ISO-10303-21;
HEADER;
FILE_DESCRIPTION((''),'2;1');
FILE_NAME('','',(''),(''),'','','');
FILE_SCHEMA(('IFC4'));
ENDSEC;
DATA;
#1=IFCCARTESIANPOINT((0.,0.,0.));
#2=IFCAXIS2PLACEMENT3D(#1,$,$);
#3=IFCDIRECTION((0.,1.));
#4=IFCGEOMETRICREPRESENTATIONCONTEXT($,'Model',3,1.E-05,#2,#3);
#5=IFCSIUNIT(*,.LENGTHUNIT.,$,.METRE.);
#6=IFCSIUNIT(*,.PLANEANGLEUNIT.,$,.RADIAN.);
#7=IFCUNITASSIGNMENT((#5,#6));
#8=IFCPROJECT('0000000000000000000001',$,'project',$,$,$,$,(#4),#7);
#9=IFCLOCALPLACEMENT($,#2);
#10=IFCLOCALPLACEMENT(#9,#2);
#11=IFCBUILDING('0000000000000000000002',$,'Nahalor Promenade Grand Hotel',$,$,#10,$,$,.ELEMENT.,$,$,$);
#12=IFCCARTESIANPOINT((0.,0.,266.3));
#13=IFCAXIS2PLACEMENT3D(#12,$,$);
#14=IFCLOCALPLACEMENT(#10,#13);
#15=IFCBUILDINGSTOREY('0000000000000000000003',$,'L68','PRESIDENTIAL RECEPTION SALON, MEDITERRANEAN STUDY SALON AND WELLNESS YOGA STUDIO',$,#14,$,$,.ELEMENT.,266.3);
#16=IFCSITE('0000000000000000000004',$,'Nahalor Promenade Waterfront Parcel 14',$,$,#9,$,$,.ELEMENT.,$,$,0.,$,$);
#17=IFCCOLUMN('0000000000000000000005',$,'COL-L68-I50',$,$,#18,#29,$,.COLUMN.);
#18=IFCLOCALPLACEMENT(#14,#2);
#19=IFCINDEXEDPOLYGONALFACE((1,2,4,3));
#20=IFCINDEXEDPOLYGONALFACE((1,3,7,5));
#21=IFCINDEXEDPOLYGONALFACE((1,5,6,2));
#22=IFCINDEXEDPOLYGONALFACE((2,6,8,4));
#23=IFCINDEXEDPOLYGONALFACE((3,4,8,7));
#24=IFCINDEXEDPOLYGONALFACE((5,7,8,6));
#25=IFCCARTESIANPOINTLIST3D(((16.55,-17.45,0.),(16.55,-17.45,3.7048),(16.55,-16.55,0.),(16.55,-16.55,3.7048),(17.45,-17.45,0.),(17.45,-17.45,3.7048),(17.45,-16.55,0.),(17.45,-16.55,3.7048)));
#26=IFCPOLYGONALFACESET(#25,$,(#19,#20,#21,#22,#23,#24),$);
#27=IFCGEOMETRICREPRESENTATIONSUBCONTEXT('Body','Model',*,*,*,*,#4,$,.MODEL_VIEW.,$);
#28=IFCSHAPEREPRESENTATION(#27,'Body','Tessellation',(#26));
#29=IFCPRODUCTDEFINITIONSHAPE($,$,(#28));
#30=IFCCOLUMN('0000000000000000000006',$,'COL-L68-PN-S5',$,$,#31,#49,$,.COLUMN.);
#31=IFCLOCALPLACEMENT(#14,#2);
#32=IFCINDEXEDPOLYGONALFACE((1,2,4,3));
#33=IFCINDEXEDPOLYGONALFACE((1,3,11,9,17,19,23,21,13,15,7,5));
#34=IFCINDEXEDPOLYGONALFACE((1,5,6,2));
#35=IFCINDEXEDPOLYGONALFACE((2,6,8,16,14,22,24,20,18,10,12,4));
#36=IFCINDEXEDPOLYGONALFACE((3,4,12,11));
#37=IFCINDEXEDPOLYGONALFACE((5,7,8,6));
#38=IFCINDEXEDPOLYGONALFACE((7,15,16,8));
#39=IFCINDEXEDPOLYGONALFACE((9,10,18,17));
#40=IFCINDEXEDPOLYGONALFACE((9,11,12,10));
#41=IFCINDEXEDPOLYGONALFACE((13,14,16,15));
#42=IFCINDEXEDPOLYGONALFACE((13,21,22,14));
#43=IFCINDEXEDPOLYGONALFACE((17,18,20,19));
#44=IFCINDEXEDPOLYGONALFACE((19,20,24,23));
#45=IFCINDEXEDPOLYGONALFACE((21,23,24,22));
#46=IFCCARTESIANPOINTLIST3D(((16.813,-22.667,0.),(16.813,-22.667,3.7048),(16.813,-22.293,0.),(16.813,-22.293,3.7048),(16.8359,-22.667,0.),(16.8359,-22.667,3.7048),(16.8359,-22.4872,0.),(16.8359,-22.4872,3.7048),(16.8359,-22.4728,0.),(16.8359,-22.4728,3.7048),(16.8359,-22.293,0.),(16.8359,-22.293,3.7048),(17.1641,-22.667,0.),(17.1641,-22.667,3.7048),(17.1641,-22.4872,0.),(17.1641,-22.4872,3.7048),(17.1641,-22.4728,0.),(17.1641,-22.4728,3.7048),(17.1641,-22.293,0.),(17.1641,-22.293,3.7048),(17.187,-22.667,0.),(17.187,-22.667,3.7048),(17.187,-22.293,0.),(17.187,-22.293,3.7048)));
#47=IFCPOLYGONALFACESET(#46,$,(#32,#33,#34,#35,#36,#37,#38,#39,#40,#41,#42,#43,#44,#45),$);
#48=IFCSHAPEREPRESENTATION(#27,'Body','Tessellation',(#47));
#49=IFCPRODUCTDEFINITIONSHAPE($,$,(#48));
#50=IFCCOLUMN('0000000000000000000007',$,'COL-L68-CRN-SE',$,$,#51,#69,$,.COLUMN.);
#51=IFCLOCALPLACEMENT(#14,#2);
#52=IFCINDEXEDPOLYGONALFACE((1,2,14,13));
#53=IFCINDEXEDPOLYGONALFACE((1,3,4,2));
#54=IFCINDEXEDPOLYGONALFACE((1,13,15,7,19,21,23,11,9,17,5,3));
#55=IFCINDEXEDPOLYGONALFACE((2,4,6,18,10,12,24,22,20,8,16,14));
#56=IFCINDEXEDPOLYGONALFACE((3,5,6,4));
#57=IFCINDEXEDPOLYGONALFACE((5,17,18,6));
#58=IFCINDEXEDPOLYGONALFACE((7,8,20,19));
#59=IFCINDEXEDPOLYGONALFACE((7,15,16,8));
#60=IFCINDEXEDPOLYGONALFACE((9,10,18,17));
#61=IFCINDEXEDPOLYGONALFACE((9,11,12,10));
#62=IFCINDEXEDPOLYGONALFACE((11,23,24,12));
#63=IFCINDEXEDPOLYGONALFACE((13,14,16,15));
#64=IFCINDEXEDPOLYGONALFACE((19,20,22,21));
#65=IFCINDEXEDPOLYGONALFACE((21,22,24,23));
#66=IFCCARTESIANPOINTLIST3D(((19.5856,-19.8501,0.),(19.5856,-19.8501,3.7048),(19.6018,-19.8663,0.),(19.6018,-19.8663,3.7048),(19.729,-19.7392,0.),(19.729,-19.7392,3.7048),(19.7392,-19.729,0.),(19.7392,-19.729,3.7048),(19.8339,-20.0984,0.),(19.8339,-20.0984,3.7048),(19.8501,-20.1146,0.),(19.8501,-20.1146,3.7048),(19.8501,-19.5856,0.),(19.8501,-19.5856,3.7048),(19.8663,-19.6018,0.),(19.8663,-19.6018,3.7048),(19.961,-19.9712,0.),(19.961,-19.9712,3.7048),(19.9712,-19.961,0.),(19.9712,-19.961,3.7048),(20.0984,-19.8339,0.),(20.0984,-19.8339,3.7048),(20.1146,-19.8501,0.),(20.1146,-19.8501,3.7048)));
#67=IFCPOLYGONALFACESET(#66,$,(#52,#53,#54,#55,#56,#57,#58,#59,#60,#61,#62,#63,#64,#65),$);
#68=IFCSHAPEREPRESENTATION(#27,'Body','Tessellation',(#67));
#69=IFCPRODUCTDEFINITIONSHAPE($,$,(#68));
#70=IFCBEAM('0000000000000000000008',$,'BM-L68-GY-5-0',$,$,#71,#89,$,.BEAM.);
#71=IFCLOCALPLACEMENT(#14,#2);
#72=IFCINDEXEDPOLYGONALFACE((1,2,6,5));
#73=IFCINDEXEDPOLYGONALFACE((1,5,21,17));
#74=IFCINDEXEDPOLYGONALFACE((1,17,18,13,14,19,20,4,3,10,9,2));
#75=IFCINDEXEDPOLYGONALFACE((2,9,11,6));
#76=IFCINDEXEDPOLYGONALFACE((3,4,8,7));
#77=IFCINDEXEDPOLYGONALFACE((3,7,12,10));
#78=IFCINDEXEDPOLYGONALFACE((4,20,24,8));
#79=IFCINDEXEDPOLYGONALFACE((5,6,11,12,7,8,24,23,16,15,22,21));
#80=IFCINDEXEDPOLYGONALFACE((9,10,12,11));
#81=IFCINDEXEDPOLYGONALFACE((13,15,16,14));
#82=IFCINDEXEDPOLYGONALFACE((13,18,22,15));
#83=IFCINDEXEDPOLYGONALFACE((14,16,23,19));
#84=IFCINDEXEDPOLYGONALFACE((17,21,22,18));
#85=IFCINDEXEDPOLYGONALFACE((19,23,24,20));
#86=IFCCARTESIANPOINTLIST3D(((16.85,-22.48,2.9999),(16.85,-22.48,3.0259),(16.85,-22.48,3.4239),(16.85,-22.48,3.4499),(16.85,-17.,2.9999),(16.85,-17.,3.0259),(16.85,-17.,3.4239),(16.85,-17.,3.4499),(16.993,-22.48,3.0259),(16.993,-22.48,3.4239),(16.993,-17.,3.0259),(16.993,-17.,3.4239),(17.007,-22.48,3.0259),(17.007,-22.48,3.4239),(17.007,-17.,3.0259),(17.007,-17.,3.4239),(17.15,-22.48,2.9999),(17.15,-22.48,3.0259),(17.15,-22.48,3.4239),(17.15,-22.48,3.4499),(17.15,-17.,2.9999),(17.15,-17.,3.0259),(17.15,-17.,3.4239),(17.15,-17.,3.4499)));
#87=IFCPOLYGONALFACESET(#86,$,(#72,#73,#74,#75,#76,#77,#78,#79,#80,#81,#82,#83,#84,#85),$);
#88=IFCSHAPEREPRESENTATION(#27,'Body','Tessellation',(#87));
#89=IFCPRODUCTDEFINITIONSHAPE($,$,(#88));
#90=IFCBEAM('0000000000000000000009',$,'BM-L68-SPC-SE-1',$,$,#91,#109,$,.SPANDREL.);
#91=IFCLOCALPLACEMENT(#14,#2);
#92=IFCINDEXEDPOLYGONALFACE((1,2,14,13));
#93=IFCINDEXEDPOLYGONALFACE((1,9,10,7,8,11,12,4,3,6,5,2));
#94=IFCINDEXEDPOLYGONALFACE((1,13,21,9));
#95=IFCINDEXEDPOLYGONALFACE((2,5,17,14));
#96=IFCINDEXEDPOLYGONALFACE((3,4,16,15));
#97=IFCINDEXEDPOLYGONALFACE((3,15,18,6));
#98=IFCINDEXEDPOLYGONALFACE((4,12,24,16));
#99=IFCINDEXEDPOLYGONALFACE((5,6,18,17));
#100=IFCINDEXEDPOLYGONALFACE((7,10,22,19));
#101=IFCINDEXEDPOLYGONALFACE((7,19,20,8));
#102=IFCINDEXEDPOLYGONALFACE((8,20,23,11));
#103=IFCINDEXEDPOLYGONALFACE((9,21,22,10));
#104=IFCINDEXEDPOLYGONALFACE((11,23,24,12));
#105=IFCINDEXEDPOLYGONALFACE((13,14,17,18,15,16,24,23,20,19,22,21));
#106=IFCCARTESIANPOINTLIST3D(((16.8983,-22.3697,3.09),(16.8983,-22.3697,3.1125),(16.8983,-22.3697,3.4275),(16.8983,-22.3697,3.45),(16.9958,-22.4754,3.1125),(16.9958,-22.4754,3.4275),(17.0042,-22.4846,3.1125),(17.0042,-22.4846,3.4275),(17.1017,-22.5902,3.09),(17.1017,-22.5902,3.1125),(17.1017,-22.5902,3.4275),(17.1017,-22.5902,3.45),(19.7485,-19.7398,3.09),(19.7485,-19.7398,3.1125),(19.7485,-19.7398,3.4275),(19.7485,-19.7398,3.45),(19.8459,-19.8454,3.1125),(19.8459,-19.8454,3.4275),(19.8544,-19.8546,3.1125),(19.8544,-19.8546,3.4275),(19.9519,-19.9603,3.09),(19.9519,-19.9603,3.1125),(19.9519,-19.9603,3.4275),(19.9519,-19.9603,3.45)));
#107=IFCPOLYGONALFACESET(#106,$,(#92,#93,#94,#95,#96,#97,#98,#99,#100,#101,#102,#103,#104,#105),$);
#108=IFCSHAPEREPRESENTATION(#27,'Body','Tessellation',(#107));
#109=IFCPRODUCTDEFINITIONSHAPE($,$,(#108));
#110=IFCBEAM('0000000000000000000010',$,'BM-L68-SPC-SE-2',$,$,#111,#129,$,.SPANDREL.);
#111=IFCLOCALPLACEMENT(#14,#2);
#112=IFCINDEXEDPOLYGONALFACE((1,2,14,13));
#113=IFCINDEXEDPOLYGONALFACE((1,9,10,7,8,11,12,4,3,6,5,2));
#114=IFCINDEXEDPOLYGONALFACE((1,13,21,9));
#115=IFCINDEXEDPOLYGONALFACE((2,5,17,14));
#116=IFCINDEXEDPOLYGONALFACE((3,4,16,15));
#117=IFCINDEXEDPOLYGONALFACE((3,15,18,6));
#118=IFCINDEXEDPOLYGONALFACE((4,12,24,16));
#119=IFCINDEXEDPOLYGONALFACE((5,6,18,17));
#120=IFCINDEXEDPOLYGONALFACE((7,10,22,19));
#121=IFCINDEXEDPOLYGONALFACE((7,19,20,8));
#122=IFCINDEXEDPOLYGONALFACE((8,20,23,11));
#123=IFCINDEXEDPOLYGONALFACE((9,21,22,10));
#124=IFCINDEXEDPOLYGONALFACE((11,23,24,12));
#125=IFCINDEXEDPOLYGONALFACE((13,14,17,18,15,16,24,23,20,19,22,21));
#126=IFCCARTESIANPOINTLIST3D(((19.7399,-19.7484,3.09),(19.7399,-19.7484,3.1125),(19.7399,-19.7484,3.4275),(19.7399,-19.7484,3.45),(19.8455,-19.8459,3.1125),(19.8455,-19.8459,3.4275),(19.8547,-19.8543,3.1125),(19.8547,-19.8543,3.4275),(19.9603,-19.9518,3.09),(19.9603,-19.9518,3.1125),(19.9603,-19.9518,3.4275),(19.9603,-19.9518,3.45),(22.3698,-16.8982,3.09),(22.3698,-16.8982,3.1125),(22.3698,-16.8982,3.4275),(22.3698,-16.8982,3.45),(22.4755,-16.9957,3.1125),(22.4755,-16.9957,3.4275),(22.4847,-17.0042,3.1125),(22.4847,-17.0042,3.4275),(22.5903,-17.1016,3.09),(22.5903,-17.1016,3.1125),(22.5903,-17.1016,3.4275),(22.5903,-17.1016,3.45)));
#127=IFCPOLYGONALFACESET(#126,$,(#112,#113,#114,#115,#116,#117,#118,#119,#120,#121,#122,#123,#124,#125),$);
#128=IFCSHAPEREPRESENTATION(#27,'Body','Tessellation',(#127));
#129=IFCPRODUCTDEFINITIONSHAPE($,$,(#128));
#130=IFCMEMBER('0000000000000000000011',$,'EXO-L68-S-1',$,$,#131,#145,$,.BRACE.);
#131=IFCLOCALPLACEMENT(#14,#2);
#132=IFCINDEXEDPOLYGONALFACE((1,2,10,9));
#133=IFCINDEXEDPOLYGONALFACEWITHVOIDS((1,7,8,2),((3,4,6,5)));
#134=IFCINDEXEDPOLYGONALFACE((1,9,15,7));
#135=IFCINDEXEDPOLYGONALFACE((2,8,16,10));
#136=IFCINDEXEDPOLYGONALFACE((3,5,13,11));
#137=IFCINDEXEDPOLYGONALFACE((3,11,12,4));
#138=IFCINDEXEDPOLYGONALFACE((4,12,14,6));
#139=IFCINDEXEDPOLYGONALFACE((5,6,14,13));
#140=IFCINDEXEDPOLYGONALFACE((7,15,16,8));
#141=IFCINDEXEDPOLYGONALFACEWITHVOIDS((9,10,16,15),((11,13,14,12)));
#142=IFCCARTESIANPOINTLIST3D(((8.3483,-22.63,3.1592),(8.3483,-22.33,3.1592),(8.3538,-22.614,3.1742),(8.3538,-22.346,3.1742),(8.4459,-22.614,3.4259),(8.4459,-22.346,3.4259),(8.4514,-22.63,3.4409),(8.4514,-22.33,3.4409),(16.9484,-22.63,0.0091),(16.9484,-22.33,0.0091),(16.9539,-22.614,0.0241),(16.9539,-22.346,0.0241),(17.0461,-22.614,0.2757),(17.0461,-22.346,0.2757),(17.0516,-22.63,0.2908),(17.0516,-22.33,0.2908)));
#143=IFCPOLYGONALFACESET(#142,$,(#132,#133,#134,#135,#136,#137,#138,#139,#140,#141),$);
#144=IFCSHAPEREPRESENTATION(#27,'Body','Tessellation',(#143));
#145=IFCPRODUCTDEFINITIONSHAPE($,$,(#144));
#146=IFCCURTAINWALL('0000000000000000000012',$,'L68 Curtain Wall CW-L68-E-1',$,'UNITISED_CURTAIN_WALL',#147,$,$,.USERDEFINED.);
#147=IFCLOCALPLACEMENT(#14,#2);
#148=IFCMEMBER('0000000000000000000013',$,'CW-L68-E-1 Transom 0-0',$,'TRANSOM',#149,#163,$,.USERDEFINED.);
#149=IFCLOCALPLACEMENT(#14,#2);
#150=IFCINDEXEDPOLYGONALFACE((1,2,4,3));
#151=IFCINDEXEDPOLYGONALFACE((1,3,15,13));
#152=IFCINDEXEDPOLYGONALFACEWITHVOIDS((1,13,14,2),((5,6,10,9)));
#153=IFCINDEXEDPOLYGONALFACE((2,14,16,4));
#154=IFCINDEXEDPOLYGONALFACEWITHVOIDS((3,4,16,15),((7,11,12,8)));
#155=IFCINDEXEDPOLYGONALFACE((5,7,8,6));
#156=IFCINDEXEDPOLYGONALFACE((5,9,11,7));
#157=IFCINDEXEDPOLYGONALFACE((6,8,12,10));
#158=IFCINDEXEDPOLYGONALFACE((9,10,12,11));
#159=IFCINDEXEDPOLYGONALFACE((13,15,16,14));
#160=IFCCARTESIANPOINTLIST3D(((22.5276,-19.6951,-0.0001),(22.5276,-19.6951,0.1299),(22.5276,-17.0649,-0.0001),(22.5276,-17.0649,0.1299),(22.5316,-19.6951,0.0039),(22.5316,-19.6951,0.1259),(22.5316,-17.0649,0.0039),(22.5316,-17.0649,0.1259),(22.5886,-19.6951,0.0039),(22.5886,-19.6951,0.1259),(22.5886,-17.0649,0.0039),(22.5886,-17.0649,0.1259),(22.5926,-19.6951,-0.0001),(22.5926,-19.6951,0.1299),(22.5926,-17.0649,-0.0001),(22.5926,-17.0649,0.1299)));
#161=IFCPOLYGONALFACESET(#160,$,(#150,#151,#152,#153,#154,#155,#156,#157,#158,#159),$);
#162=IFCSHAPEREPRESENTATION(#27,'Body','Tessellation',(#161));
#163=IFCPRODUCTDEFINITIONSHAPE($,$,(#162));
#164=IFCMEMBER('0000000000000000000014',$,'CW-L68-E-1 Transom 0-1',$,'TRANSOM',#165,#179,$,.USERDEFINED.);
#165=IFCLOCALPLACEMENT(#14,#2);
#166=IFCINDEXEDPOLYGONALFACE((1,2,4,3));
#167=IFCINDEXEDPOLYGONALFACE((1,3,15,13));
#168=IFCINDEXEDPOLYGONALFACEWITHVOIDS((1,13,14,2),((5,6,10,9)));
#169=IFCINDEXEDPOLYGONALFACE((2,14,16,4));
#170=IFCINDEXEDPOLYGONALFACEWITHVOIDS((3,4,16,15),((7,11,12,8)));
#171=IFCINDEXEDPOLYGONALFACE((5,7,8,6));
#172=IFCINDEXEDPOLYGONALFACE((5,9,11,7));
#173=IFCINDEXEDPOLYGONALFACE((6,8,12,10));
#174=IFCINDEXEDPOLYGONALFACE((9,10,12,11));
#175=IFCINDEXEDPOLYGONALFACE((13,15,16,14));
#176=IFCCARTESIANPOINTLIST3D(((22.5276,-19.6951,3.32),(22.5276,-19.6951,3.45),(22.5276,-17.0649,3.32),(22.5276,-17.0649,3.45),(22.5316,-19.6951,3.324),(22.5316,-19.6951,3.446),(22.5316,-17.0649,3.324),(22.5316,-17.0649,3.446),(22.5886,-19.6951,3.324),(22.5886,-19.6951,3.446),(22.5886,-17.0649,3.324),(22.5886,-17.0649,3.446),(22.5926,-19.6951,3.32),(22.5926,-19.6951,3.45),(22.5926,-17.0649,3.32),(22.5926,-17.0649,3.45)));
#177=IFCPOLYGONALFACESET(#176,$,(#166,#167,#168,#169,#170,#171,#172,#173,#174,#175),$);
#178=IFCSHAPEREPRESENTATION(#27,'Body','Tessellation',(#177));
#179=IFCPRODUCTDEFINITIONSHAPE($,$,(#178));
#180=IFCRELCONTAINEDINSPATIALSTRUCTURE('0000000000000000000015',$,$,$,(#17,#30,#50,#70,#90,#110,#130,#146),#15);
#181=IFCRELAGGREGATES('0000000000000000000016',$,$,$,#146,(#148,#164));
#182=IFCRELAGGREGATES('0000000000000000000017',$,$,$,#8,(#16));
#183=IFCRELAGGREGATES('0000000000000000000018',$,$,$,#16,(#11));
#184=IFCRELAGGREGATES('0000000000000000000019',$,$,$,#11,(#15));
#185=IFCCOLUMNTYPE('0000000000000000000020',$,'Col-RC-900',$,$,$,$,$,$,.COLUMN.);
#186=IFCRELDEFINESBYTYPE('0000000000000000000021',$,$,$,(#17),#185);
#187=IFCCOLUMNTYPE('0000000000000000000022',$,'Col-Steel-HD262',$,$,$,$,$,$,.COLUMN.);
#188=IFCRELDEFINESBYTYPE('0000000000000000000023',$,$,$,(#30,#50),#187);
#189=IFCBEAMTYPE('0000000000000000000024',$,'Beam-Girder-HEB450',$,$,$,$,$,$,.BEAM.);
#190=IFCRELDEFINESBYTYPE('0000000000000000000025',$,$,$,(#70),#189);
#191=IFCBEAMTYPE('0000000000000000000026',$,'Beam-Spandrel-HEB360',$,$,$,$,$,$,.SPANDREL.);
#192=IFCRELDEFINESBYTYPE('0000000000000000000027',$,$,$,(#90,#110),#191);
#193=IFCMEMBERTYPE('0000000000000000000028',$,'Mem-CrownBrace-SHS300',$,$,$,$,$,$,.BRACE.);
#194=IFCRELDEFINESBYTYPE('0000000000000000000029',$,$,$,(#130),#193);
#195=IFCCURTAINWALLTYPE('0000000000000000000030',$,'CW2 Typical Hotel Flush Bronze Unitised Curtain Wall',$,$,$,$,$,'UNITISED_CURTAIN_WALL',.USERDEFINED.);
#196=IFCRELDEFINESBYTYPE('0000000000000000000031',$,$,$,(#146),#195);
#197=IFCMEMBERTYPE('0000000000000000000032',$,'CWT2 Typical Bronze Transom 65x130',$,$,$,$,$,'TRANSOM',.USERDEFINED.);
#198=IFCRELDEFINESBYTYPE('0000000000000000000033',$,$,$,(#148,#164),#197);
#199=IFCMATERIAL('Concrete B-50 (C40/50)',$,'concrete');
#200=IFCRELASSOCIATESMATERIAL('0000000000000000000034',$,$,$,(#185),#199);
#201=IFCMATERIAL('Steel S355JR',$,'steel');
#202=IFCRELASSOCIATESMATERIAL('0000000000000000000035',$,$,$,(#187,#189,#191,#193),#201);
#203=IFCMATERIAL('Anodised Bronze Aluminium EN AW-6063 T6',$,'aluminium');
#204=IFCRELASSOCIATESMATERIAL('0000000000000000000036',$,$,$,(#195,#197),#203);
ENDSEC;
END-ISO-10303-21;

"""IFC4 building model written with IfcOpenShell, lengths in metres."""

from ifc_helpers import new_model, si_unit, direction, frame, origin, origin_2d, place, context, subcontext, project, spatial, rectangle, hollow_rectangle, i_section, extrude, source, transform, mapped, material, material_profile, profile_set, type_object, element, aggregate, save


model = new_model("IFC4")

# Units and contexts
model_context = context("Model", 3, precision=1e-05, world=origin(), true_north=direction((0.0, 1.0)))
body_context = subcontext(model_context, "Body", "Model", "MODEL_VIEW")
ifc_project = project(units=[si_unit("LENGTHUNIT", "METRE"), si_unit("PLANEANGLEUNIT", "RADIAN")], contexts=[model_context])

# Site, building, storey
site_placement = place(None, origin())
site = spatial("IfcSite", under=ifc_project, at=site_placement, Name="Nahalor Promenade Waterfront Parcel 14", CompositionType="ELEMENT", RefElevation=0.0)
building_placement = place(site_placement, origin())
building = spatial("IfcBuilding", under=site, at=building_placement, Name="Nahalor Promenade Grand Hotel", CompositionType="ELEMENT")
storey_placement = place(building_placement, frame((0.0, 0.0, 266.3)))
storey = spatial("IfcBuildingStorey", under=building, at=storey_placement, Name="L68", Description="PRESIDENTIAL RECEPTION SALON, MEDITERRANEAN STUDY SALON AND WELLNESS YOGA STUDIO", CompositionType="ELEMENT", Elevation=266.3)

# Columns
ifc_material_1 = material(Name="Concrete B-50 (C40/50)", Category="concrete")
ifc_material_profile_1 = material_profile(ifc_material_1, rectangle(XDim=0.9, YDim=0.9, at=origin_2d()), Name="RC 900x900")
ifc_profile_set_1 = profile_set([ifc_material_profile_1], Name="Concrete B-50 (C40/50)")
column_type_1 = type_object("IfcColumnType", Name="Col-RC-900", PredefinedType="COLUMN", material=ifc_profile_set_1)
shared_shape_1 = source(origin(), body_context, "Body", "SweptSolid", [
    extrude(rectangle(XDim=0.9, YDim=0.9, at=origin_2d()), origin(), (0.0, 0.0, 1.0), 3.7048),
])
column_placement = place(storey_placement, frame((17.0, -17.0, 0.0), z_axis=(0.0, 0.0, 1.0), x_axis=(1.0, 0.0, 0.0)))
element("IfcColumn", 1, at=column_placement, inside=storey, type_object=column_type_1, Name="COL-L68-I50", PredefinedType="COLUMN", context=body_context, shape_type="MappedRepresentation", body=[
    mapped(shared_shape_1, transform((0.0, 0.0, 0.0), scale=1.0)),
])
ifc_material_2 = material(Name="Steel S355JR", Category="steel")
ifc_material_profile_2 = material_profile(ifc_material_2, i_section(OverallWidth=0.374, OverallDepth=0.374, WebThickness=0.0144, FlangeThickness=0.0229, at=origin_2d()), Name="HD 360x262")
ifc_profile_set_2 = profile_set([ifc_material_profile_2], Name="Steel S355JR")
column_type_2 = type_object("IfcColumnType", Name="Col-Steel-HD262", PredefinedType="COLUMN", material=ifc_profile_set_2)
shared_shape_2 = source(origin(), body_context, "Body", "SweptSolid", [
    extrude(i_section(OverallWidth=0.374, OverallDepth=0.374, WebThickness=0.0144, FlangeThickness=0.0229, at=origin_2d()), origin(), (0.0, 0.0, 1.0), 3.7048),
])
for number, where, z_axis, x_axis, name in (
    (2, (17.0, -22.48, 0.0), (0.0, 0.0, 1.0), (0.0, 1.0, 0.0), "COL-L68-PN-S5"),
    (3, (19.8501, -19.8501, 0.0), (0.0, 0.0, 1.0), (0.707107, 0.707107, 0.0), "COL-L68-CRN-SE"),
):
    element("IfcColumn", number, at=place(storey_placement, frame(where, z_axis=z_axis, x_axis=x_axis)), inside=storey, type_object=column_type_2, Name=name, PredefinedType="COLUMN", context=body_context, shape_type="MappedRepresentation", body=[
        mapped(shared_shape_2, transform((0.0, 0.0, 0.0), scale=1.0)),
    ])

# Beams
ifc_material_profile_3 = material_profile(ifc_material_2, i_section(OverallWidth=0.3, OverallDepth=0.45, WebThickness=0.014, FlangeThickness=0.026, at=origin_2d()), Name="HEB 450")
ifc_profile_set_3 = profile_set([ifc_material_profile_3], Name="Steel S355JR")
beam_type_1 = type_object("IfcBeamType", Name="Beam-Girder-HEB450", PredefinedType="BEAM", material=ifc_profile_set_3)
shared_shape_3 = source(origin(), body_context, "Body", "SweptSolid", [
    extrude(i_section(OverallWidth=0.3, OverallDepth=0.45, WebThickness=0.014, FlangeThickness=0.026, at=origin_2d()), origin(), (0.0, 0.0, 1.0), 5.48),
])
beam_placement = place(storey_placement, frame((17.0, -22.48, 3.2249), z_axis=(0.0, 1.0, 0.0), x_axis=(-1.0, 0.0, 0.0)))
element("IfcBeam", 4, at=beam_placement, inside=storey, type_object=beam_type_1, Name="BM-L68-GY-5-0", PredefinedType="BEAM", context=body_context, shape_type="MappedRepresentation", body=[
    mapped(shared_shape_3, transform((0.0, 0.0, 0.0), scale=1.0)),
])
ifc_material_profile_4 = material_profile(ifc_material_2, i_section(OverallWidth=0.3, OverallDepth=0.36, WebThickness=0.0125, FlangeThickness=0.0225, at=origin_2d()), Name="HEB 360")
ifc_profile_set_4 = profile_set([ifc_material_profile_4], Name="Steel S355JR")
beam_type_2 = type_object("IfcBeamType", Name="Beam-Spandrel-HEB360", PredefinedType="SPANDREL", material=ifc_profile_set_4)
shared_shape_4 = source(origin(), body_context, "Body", "SweptSolid", [
    extrude(i_section(OverallWidth=0.3, OverallDepth=0.36, WebThickness=0.0125, FlangeThickness=0.0225, at=origin_2d()), origin(), (0.0, 0.0, 1.0), 3.8782),
])
for number, where, z_axis, x_axis, name in (
    (5, (17.0, -22.48, 3.27), (0.734929, 0.678144, 0.0), (-0.678144, 0.734929, 0.0), "BM-L68-SPC-SE-1"),
    (6, (19.8501, -19.8501, 3.27), (0.678144, 0.734929, 0.0), (-0.734929, 0.678144, 0.0), "BM-L68-SPC-SE-2"),
):
    element("IfcBeam", number, at=place(storey_placement, frame(where, z_axis=z_axis, x_axis=x_axis)), inside=storey, type_object=beam_type_2, Name=name, PredefinedType="SPANDREL", context=body_context, shape_type="MappedRepresentation", body=[
        mapped(shared_shape_4, transform((0.0, 0.0, 0.0), scale=1.0)),
    ])

# Member
ifc_material_profile_5 = material_profile(ifc_material_2, hollow_rectangle(XDim=0.3, YDim=0.3, WallThickness=0.016, at=origin_2d()), Name="SHS 300x300x16")
ifc_profile_set_5 = profile_set([ifc_material_profile_5], Name="Steel S355JR")
member_type_1 = type_object("IfcMemberType", Name="Mem-CrownBrace-SHS300", PredefinedType="BRACE", material=ifc_profile_set_5)
shared_shape_5 = source(origin(), body_context, "Body", "SweptSolid", [
    extrude(hollow_rectangle(XDim=0.3, YDim=0.3, WallThickness=0.016, at=origin_2d()), origin(), (0.0, 0.0, 1.0), 9.1589),
])
member_1_placement = place(storey_placement, frame((17.0, -22.48, 0.1499), z_axis=(-0.93899, 0.0, 0.343944), x_axis=(0.0, -1.0, 0.0)))
element("IfcMember", 7, at=member_1_placement, inside=storey, type_object=member_type_1, Name="EXO-L68-S-1", PredefinedType="BRACE", context=body_context, shape_type="MappedRepresentation", body=[
    mapped(shared_shape_5, transform((0.0, 0.0, 0.0), scale=1.0)),
])

# Curtain wall, members
ifc_material_3 = material(Name="Anodised Bronze Aluminium EN AW-6063 T6", Category="aluminium")
curtain_wall_type = type_object("IfcCurtainWallType", Name="CW2 Typical Hotel Flush Bronze Unitised Curtain Wall", ElementType="UNITISED_CURTAIN_WALL", PredefinedType="USERDEFINED", material=ifc_material_3)
curtain_wall_1_placement = place(storey_placement, origin())
curtain_wall_1 = element("IfcCurtainWall", 8, at=curtain_wall_1_placement, inside=storey, type_object=curtain_wall_type, Name="L68 Curtain Wall CW-L68-E-1", ObjectType="UNITISED_CURTAIN_WALL", PredefinedType="USERDEFINED")
ifc_material_profile_6 = material_profile(ifc_material_3, hollow_rectangle(XDim=0.065, YDim=0.13, WallThickness=0.004, at=origin_2d()), Name="CWT 65x130x4")
ifc_profile_set_6 = profile_set([ifc_material_profile_6], Name="Anodised Bronze Aluminium EN AW-6063 T6")
member_type_2 = type_object("IfcMemberType", Name="CWT2 Typical Bronze Transom 65x130", ElementType="TRANSOM", PredefinedType="USERDEFINED", material=ifc_profile_set_6)
shared_shape_6 = source(origin(), body_context, "Body", "SweptSolid", [
    extrude(hollow_rectangle(XDim=0.065, YDim=0.13, WallThickness=0.004, at=origin_2d()), origin(), (0.0, 0.0, 1.0), 2.6301),
])
member_2_placement = place(storey_placement, frame((22.5601, -19.6951, 0.0649), z_axis=(0.0, 1.0, 0.0), x_axis=(-1.0, 0.0, 0.0)))
member_2 = element("IfcMember", 9, at=member_2_placement, type_object=member_type_2, Name="CW-L68-E-1 Transom 0-0", ObjectType="TRANSOM", PredefinedType="USERDEFINED", context=body_context, shape_type="MappedRepresentation", body=[
    mapped(shared_shape_6, transform((0.0, 0.0, 0.0), scale=1.0)),
])
member_3_placement = place(storey_placement, frame((22.5601, -19.6951, 3.385), z_axis=(0.0, 1.0, 0.0), x_axis=(-1.0, 0.0, 0.0)))
member_3 = element("IfcMember", 10, at=member_3_placement, type_object=member_type_2, Name="CW-L68-E-1 Transom 0-1", ObjectType="TRANSOM", PredefinedType="USERDEFINED", context=body_context, shape_type="MappedRepresentation", body=[
    mapped(shared_shape_6, transform((0.0, 0.0, 0.0), scale=1.0)),
])

aggregate(curtain_wall_1, [member_2, member_3])

save(model, "model.ifc")
